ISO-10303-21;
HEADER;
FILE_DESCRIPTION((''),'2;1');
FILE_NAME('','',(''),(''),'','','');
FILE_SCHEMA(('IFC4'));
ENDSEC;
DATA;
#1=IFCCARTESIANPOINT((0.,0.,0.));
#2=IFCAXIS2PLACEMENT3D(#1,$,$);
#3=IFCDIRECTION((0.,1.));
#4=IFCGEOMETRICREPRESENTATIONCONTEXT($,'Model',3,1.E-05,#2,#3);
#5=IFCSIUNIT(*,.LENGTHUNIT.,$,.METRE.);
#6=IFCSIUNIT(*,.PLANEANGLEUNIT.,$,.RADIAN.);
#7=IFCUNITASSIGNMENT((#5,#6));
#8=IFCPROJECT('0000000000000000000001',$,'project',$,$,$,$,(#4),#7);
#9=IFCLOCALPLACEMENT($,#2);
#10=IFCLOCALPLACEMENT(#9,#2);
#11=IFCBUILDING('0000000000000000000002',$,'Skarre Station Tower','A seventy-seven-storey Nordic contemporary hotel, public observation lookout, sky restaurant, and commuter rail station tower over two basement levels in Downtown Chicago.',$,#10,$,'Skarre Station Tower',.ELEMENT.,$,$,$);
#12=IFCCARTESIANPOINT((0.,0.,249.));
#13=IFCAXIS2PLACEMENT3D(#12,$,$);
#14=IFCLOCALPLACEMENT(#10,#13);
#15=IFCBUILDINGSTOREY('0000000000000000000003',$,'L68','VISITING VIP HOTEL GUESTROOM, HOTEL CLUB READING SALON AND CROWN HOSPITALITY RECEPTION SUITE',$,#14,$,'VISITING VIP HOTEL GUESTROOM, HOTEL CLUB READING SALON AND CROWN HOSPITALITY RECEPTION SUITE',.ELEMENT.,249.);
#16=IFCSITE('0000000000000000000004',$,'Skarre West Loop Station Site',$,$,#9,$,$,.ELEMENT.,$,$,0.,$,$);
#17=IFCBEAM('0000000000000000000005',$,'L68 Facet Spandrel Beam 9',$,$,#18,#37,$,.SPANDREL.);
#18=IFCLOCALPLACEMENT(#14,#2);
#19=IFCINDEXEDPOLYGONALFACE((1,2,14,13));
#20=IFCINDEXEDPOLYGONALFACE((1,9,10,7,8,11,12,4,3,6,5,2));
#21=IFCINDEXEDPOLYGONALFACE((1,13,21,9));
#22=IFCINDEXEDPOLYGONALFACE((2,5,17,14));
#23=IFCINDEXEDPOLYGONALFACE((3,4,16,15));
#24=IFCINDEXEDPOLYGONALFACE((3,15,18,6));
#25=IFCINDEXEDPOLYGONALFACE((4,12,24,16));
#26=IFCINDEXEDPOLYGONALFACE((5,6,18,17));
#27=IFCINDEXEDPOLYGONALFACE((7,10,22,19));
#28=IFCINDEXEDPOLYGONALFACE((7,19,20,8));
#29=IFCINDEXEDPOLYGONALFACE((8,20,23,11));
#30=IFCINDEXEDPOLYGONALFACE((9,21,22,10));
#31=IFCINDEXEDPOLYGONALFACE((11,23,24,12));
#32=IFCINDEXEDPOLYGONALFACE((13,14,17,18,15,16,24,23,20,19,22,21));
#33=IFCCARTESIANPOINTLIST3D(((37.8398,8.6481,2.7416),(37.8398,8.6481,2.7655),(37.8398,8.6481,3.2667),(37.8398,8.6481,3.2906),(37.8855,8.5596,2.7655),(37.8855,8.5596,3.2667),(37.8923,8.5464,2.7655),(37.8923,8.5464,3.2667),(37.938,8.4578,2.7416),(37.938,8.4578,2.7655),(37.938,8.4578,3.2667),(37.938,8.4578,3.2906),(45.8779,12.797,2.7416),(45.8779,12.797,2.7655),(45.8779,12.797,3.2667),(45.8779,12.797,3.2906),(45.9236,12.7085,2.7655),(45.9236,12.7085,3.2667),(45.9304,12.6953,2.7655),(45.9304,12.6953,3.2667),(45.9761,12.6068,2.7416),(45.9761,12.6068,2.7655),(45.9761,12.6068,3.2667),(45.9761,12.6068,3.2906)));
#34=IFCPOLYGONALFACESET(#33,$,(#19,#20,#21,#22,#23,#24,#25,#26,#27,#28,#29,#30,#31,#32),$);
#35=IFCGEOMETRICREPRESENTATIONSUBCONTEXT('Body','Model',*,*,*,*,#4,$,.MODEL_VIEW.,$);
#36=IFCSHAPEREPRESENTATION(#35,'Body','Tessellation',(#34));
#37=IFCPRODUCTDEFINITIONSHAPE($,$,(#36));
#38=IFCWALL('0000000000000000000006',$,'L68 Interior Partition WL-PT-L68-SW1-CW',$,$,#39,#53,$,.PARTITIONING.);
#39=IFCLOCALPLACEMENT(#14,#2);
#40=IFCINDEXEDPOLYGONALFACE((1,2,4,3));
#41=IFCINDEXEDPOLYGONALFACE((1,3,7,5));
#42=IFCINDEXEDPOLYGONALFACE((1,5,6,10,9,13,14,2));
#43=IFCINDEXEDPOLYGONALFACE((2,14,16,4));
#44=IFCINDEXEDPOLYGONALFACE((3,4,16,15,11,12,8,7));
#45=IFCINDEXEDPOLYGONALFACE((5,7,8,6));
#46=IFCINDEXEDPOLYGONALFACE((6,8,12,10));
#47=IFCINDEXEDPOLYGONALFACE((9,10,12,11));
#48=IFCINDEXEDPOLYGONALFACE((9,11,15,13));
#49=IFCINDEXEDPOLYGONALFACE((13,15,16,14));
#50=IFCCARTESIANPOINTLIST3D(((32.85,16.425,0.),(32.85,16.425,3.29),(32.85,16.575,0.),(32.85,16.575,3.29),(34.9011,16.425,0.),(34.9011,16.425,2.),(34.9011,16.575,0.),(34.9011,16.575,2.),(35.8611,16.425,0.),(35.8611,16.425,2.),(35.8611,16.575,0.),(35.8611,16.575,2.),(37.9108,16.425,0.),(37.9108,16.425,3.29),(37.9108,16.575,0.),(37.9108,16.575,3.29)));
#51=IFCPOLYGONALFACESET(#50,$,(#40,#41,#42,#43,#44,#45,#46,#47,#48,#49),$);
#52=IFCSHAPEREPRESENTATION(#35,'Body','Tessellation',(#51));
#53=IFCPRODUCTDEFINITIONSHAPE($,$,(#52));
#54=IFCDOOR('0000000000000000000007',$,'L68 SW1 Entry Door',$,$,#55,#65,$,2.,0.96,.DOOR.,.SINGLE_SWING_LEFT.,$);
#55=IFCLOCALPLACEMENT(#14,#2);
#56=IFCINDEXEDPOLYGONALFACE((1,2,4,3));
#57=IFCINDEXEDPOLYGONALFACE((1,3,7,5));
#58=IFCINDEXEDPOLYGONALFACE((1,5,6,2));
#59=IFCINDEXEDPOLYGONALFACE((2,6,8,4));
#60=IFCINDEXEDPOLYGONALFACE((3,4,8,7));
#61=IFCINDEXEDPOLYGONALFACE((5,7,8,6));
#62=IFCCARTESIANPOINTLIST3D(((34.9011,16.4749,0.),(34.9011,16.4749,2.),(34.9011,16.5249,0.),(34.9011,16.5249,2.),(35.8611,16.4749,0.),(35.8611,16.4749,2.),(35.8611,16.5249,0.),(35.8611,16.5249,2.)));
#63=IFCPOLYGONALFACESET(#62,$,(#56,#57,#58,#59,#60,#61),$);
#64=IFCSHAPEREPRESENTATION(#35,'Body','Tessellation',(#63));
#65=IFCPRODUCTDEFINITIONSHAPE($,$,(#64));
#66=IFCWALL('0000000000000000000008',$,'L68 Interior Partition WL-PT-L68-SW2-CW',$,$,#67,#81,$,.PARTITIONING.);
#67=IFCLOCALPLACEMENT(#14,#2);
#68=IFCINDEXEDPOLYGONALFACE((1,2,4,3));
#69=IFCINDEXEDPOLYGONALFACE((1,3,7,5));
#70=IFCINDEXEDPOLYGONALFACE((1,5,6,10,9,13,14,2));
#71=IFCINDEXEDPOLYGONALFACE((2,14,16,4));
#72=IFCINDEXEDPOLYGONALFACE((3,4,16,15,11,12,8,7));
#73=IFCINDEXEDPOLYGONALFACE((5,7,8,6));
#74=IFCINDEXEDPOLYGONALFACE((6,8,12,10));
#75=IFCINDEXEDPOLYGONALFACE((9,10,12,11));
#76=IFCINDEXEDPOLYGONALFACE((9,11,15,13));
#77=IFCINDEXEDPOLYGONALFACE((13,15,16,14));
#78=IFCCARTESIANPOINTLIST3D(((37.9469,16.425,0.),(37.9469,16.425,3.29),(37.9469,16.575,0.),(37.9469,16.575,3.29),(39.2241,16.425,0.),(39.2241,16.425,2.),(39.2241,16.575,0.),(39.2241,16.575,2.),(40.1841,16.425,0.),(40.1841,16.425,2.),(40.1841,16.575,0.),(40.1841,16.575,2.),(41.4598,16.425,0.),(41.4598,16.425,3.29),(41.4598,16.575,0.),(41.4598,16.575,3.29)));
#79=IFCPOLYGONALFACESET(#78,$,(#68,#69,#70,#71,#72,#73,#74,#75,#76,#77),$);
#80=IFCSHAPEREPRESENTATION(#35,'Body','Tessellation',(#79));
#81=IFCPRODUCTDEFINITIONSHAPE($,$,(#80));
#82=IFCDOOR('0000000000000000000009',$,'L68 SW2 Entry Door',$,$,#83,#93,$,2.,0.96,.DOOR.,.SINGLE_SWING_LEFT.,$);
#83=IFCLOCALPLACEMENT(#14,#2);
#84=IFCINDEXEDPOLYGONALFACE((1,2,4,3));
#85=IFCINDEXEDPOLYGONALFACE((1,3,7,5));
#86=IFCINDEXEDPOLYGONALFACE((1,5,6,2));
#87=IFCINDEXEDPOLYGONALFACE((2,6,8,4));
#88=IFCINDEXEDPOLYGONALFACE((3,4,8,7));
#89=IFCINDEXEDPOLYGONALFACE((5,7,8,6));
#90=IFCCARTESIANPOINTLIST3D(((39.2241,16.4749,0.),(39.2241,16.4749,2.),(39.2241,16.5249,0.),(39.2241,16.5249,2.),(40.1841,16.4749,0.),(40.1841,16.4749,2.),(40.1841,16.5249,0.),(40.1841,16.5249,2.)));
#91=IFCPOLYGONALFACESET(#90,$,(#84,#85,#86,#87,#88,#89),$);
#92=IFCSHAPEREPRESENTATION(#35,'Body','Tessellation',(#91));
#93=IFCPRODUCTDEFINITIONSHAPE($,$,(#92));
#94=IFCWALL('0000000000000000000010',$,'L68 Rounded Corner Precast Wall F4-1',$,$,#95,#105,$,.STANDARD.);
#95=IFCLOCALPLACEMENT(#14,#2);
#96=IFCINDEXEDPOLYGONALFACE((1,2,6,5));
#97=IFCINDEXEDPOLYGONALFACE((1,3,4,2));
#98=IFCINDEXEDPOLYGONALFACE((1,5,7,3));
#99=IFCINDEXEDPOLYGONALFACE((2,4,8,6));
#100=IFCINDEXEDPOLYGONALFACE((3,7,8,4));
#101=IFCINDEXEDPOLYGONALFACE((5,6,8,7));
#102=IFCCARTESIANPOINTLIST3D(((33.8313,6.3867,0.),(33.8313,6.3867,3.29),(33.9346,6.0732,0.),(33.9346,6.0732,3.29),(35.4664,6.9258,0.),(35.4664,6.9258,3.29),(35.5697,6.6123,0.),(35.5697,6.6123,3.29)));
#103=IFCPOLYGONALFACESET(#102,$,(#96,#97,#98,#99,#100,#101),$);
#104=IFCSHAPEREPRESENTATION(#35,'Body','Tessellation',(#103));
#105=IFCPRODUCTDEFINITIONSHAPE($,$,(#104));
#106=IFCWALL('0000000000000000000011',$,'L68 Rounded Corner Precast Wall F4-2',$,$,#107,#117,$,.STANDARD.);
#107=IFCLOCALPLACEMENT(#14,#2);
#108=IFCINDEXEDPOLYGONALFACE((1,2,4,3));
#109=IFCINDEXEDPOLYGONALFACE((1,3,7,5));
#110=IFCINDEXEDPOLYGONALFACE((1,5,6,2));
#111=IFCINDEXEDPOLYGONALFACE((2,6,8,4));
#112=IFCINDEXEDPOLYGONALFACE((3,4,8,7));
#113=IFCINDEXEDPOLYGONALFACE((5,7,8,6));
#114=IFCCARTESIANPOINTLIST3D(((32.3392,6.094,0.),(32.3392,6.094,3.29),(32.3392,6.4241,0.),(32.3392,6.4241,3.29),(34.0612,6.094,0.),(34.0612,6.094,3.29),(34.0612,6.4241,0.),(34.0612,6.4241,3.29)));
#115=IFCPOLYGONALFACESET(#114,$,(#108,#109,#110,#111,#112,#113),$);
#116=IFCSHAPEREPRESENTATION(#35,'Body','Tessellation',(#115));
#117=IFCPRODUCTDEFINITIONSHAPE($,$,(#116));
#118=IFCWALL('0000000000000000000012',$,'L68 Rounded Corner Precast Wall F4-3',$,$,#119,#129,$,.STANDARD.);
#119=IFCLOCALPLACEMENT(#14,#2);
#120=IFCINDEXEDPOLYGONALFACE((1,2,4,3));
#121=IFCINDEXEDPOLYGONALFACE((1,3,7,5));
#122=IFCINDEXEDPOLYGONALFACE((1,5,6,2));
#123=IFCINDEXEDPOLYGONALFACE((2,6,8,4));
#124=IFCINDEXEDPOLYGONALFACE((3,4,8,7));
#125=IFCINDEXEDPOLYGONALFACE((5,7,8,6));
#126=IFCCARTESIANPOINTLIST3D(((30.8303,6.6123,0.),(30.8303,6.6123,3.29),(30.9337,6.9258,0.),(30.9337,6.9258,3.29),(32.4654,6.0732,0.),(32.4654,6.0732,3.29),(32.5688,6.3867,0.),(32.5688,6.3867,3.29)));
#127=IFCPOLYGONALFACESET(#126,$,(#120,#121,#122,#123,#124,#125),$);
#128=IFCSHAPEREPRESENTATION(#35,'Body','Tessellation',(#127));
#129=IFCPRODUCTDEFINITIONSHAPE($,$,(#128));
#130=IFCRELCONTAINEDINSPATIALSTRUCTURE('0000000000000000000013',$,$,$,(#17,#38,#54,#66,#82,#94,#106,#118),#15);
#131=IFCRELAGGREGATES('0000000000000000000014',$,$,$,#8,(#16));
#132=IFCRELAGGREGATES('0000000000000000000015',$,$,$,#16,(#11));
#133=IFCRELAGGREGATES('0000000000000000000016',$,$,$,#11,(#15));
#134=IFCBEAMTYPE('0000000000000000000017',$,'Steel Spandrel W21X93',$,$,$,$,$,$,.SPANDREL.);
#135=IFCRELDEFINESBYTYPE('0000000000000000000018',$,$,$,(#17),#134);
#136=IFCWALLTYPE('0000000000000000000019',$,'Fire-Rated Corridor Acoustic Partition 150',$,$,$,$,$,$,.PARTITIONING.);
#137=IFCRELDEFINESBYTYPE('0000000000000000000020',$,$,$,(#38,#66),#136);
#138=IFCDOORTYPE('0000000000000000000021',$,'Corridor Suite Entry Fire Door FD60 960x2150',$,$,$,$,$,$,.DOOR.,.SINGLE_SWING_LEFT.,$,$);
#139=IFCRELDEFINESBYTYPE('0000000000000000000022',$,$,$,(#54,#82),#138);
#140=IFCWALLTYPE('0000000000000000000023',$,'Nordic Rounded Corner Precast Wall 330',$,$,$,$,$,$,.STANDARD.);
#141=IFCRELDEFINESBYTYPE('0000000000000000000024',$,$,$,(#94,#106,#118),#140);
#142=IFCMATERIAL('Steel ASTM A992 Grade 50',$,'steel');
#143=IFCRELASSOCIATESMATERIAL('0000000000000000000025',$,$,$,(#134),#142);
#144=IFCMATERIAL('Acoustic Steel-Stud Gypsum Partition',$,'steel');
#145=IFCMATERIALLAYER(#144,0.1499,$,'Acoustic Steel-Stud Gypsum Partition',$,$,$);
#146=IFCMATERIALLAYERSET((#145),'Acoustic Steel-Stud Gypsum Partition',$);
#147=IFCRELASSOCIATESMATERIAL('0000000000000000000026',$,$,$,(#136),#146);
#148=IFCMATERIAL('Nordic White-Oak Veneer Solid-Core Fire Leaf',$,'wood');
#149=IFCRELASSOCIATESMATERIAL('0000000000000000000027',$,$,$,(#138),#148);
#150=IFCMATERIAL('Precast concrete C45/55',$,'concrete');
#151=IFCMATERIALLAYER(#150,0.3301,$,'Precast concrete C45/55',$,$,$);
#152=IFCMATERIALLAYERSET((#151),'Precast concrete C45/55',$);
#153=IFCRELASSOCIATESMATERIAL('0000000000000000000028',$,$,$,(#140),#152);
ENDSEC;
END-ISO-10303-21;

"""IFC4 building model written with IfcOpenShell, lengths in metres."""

from ifc_helpers import new_model, si_unit, direction, frame, frame_2d, origin, origin_2d, place, context, subcontext, project, spatial, rectangle, i_section, extrude, material, layer, layer_set, material_profile, profile_set, type_object, element, fill, save


model = new_model("IFC4")

# Units and contexts
model_context = context("Model", 3, precision=1e-05, world=origin(), true_north=direction((0.0, 1.0)))
body_context = subcontext(model_context, "Body", "Model", "MODEL_VIEW")
ifc_project = project(units=[si_unit("LENGTHUNIT", "METRE"), si_unit("PLANEANGLEUNIT", "RADIAN")], contexts=[model_context])

# Site, building, storey
site_placement = place(None, origin())
site = spatial("IfcSite", under=ifc_project, at=site_placement, Name="Skarre West Loop Station Site", CompositionType="ELEMENT", RefElevation=0.0)
building_placement = place(site_placement, origin())
building = spatial("IfcBuilding", under=site, at=building_placement, Name="Skarre Station Tower", Description="A seventy-seven-storey Nordic contemporary hotel, public observation lookout, sky restaurant, and commuter rail station tower over two basement levels in Downtown Chicago.", LongName="Skarre Station Tower", CompositionType="ELEMENT")
storey_placement = place(building_placement, frame((0.0, 0.0, 249.0)))
storey = spatial("IfcBuildingStorey", under=building, at=storey_placement, Name="L68", Description="VISITING VIP HOTEL GUESTROOM, HOTEL CLUB READING SALON AND CROWN HOSPITALITY RECEPTION SUITE", LongName="VISITING VIP HOTEL GUESTROOM, HOTEL CLUB READING SALON AND CROWN HOSPITALITY RECEPTION SUITE", CompositionType="ELEMENT", Elevation=249.0)

# Beam
ifc_material_1 = material(Name="Steel ASTM A992 Grade 50", Category="steel")
ifc_material_profile_1 = material_profile(ifc_material_1, i_section(OverallWidth=0.2141, OverallDepth=0.5491, WebThickness=0.0149, FlangeThickness=0.0239, at=origin_2d()), Name="Steel ASTM A992 Grade 50")
ifc_profile_set_1 = profile_set([ifc_material_profile_1], Name="Steel ASTM A992 Grade 50")
beam_type_1 = type_object("IfcBeamType", Name="Steel Spandrel W21X93", PredefinedType="SPANDREL", material=ifc_profile_set_1)
beam_1_placement = place(storey_placement, frame((37.8889, 8.553, 3.0161), z_axis=(0.88861, 0.458664, 0.0), x_axis=(-0.458664, 0.88861, 0.0)))
element("IfcBeam", 1, at=beam_1_placement, inside=storey, type_object=beam_type_1, Name="L68 Facet Spandrel Beam 9", PredefinedType="SPANDREL", context=body_context, shape_type="SweptSolid", body=[
    extrude(i_section(OverallWidth=0.2141, OverallDepth=0.5491, WebThickness=0.0149, FlangeThickness=0.0239, at=origin_2d()), origin(), (0.0, 0.0, 1.0), 9.0457),
])

# Walls, openings, doors
ifc_material_2 = material(Name="Acoustic Steel-Stud Gypsum Partition", Category="steel")
ifc_layer_1 = layer(ifc_material_2, 0.1499, Name="Acoustic Steel-Stud Gypsum Partition")
ifc_layer_set_1 = layer_set([ifc_layer_1], Name="Acoustic Steel-Stud Gypsum Partition")
wall_type_1 = type_object("IfcWallType", Name="Fire-Rated Corridor Acoustic Partition 150", PredefinedType="PARTITIONING", material=ifc_layer_set_1)
wall_1_placement = place(storey_placement, frame((32.8501, 16.5, 0.0), z_axis=(0.0, 0.0, 1.0), x_axis=(1.0, 0.0, 0.0)))
wall_1 = element("IfcWall", 2, at=wall_1_placement, inside=storey, type_object=wall_type_1, Name="L68 Interior Partition WL-PT-L68-SW1-CW", PredefinedType="PARTITIONING", context=body_context, shape_type="SweptSolid", body=[
    extrude(rectangle(XDim=5.0608, YDim=0.1499, at=frame_2d((2.5303, 0.0))), origin(), (0.0, 0.0, 1.0), 3.29),
])
opening_1_placement = place(wall_1_placement, frame((2.051, 0.0, 0.0)))
opening_1 = element("IfcOpeningElement", 3, at=opening_1_placement, cuts=wall_1, PredefinedType="OPENING", context=body_context, shape_type="SweptSolid", body=[
    extrude(rectangle(XDim=0.96, YDim=2.0, at=frame_2d((0.48, 1.0))), frame((0.0, 0.085, 0.0), z_axis=(0.0, -1.0, 0.0), x_axis=(1.0, 0.0, 0.0)), (0.0, 0.0, 1.0), 0.1699),
])
ifc_material_3 = material(Name="Nordic White-Oak Veneer Solid-Core Fire Leaf", Category="wood")
door_type_1 = type_object("IfcDoorType", Name="Corridor Suite Entry Fire Door FD60 960x2150", OperationType="SINGLE_SWING_LEFT", PredefinedType="DOOR", material=ifc_material_3)
door_1_placement = place(opening_1_placement, origin())
door_1 = element("IfcDoor", 4, at=door_1_placement, inside=storey, type_object=door_type_1, Name="L68 SW1 Entry Door", OperationType="SINGLE_SWING_LEFT", OverallHeight=2.0, OverallWidth=0.96, PredefinedType="DOOR", context=body_context, shape_type="SweptSolid", body=[
    extrude(rectangle(XDim=0.96, YDim=2.0, at=frame_2d((0.48, 1.0))), frame((0.0, 0.0249, 0.0), z_axis=(0.0, -1.0, 0.0), x_axis=(1.0, 0.0, 0.0)), (0.0, 0.0, 1.0), 0.05),
])
fill(opening_1, door_1)
wall_2_placement = place(storey_placement, frame((37.947, 16.5, 0.0), z_axis=(0.0, 0.0, 1.0), x_axis=(1.0, 0.0, 0.0)))
wall_2 = element("IfcWall", 5, at=wall_2_placement, inside=storey, type_object=wall_type_1, Name="L68 Interior Partition WL-PT-L68-SW2-CW", PredefinedType="PARTITIONING", context=body_context, shape_type="SweptSolid", body=[
    extrude(rectangle(XDim=3.5129, YDim=0.1499, at=frame_2d((1.7563, 0.0))), origin(), (0.0, 0.0, 1.0), 3.29),
])
opening_2_placement = place(wall_2_placement, frame((1.2771, 0.0, 0.0)))
opening_2 = element("IfcOpeningElement", 6, at=opening_2_placement, cuts=wall_2, PredefinedType="OPENING", context=body_context, shape_type="SweptSolid", body=[
    extrude(rectangle(XDim=0.96, YDim=2.0, at=frame_2d((0.48, 1.0))), frame((0.0, 0.085, 0.0), z_axis=(0.0, -1.0, 0.0), x_axis=(1.0, 0.0, 0.0)), (0.0, 0.0, 1.0), 0.1699),
])
door_2_placement = place(opening_2_placement, origin())
door_2 = element("IfcDoor", 7, at=door_2_placement, inside=storey, type_object=door_type_1, Name="L68 SW2 Entry Door", OperationType="SINGLE_SWING_LEFT", OverallHeight=2.0, OverallWidth=0.96, PredefinedType="DOOR", context=body_context, shape_type="SweptSolid", body=[
    extrude(rectangle(XDim=0.96, YDim=2.0, at=frame_2d((0.48, 1.0))), frame((0.0, 0.0249, 0.0), z_axis=(0.0, -1.0, 0.0), x_axis=(1.0, 0.0, 0.0)), (0.0, 0.0, 1.0), 0.05),
])
fill(opening_2, door_2)

# Walls
ifc_material_4 = material(Name="Precast concrete C45/55", Category="concrete")
ifc_layer_2 = layer(ifc_material_4, 0.3301, Name="Precast concrete C45/55")
ifc_layer_set_2 = layer_set([ifc_layer_2], Name="Precast concrete C45/55")
wall_type_2 = type_object("IfcWallType", Name="Nordic Rounded Corner Precast Wall 330", PredefinedType="STANDARD", material=ifc_layer_set_2)
wall_3_placement = place(storey_placement, frame((35.5181, 6.769, 0.0), z_axis=(0.0, 0.0, 1.0), x_axis=(-0.949713, -0.31312, 0.0)))
element("IfcWall", 8, at=wall_3_placement, inside=storey, type_object=wall_type_2, Name="L68 Rounded Corner Precast Wall F4-1", PredefinedType="STANDARD", context=body_context, shape_type="SweptSolid", body=[
    extrude(rectangle(XDim=1.7217, YDim=0.3301, at=frame_2d((0.8608, 0.0))), origin(), (0.0, 0.0, 1.0), 3.29),
])
wall_4_placement = place(storey_placement, frame((34.061, 6.259, 0.0), z_axis=(0.0, 0.0, 1.0), x_axis=(-1.0, 0.0, 0.0)))
element("IfcWall", 9, at=wall_4_placement, inside=storey, type_object=wall_type_2, Name="L68 Rounded Corner Precast Wall F4-2", PredefinedType="STANDARD", context=body_context, shape_type="SweptSolid", body=[
    extrude(rectangle(XDim=1.7219, YDim=0.3301, at=frame_2d((0.8608, 0.0))), origin(), (0.0, 0.0, 1.0), 3.29),
])
wall_5_placement = place(storey_placement, frame((32.5171, 6.23, 0.0), z_axis=(0.0, 0.0, 1.0), x_axis=(-0.949713, 0.31312, 0.0)))
element("IfcWall", 10, at=wall_5_placement, inside=storey, type_object=wall_type_2, Name="L68 Rounded Corner Precast Wall F4-3", PredefinedType="STANDARD", context=body_context, shape_type="SweptSolid", body=[
    extrude(rectangle(XDim=1.7217, YDim=0.3301, at=frame_2d((0.8608, 0.0))), origin(), (0.0, 0.0, 1.0), 3.29),
])

save(model, "model.ifc")
